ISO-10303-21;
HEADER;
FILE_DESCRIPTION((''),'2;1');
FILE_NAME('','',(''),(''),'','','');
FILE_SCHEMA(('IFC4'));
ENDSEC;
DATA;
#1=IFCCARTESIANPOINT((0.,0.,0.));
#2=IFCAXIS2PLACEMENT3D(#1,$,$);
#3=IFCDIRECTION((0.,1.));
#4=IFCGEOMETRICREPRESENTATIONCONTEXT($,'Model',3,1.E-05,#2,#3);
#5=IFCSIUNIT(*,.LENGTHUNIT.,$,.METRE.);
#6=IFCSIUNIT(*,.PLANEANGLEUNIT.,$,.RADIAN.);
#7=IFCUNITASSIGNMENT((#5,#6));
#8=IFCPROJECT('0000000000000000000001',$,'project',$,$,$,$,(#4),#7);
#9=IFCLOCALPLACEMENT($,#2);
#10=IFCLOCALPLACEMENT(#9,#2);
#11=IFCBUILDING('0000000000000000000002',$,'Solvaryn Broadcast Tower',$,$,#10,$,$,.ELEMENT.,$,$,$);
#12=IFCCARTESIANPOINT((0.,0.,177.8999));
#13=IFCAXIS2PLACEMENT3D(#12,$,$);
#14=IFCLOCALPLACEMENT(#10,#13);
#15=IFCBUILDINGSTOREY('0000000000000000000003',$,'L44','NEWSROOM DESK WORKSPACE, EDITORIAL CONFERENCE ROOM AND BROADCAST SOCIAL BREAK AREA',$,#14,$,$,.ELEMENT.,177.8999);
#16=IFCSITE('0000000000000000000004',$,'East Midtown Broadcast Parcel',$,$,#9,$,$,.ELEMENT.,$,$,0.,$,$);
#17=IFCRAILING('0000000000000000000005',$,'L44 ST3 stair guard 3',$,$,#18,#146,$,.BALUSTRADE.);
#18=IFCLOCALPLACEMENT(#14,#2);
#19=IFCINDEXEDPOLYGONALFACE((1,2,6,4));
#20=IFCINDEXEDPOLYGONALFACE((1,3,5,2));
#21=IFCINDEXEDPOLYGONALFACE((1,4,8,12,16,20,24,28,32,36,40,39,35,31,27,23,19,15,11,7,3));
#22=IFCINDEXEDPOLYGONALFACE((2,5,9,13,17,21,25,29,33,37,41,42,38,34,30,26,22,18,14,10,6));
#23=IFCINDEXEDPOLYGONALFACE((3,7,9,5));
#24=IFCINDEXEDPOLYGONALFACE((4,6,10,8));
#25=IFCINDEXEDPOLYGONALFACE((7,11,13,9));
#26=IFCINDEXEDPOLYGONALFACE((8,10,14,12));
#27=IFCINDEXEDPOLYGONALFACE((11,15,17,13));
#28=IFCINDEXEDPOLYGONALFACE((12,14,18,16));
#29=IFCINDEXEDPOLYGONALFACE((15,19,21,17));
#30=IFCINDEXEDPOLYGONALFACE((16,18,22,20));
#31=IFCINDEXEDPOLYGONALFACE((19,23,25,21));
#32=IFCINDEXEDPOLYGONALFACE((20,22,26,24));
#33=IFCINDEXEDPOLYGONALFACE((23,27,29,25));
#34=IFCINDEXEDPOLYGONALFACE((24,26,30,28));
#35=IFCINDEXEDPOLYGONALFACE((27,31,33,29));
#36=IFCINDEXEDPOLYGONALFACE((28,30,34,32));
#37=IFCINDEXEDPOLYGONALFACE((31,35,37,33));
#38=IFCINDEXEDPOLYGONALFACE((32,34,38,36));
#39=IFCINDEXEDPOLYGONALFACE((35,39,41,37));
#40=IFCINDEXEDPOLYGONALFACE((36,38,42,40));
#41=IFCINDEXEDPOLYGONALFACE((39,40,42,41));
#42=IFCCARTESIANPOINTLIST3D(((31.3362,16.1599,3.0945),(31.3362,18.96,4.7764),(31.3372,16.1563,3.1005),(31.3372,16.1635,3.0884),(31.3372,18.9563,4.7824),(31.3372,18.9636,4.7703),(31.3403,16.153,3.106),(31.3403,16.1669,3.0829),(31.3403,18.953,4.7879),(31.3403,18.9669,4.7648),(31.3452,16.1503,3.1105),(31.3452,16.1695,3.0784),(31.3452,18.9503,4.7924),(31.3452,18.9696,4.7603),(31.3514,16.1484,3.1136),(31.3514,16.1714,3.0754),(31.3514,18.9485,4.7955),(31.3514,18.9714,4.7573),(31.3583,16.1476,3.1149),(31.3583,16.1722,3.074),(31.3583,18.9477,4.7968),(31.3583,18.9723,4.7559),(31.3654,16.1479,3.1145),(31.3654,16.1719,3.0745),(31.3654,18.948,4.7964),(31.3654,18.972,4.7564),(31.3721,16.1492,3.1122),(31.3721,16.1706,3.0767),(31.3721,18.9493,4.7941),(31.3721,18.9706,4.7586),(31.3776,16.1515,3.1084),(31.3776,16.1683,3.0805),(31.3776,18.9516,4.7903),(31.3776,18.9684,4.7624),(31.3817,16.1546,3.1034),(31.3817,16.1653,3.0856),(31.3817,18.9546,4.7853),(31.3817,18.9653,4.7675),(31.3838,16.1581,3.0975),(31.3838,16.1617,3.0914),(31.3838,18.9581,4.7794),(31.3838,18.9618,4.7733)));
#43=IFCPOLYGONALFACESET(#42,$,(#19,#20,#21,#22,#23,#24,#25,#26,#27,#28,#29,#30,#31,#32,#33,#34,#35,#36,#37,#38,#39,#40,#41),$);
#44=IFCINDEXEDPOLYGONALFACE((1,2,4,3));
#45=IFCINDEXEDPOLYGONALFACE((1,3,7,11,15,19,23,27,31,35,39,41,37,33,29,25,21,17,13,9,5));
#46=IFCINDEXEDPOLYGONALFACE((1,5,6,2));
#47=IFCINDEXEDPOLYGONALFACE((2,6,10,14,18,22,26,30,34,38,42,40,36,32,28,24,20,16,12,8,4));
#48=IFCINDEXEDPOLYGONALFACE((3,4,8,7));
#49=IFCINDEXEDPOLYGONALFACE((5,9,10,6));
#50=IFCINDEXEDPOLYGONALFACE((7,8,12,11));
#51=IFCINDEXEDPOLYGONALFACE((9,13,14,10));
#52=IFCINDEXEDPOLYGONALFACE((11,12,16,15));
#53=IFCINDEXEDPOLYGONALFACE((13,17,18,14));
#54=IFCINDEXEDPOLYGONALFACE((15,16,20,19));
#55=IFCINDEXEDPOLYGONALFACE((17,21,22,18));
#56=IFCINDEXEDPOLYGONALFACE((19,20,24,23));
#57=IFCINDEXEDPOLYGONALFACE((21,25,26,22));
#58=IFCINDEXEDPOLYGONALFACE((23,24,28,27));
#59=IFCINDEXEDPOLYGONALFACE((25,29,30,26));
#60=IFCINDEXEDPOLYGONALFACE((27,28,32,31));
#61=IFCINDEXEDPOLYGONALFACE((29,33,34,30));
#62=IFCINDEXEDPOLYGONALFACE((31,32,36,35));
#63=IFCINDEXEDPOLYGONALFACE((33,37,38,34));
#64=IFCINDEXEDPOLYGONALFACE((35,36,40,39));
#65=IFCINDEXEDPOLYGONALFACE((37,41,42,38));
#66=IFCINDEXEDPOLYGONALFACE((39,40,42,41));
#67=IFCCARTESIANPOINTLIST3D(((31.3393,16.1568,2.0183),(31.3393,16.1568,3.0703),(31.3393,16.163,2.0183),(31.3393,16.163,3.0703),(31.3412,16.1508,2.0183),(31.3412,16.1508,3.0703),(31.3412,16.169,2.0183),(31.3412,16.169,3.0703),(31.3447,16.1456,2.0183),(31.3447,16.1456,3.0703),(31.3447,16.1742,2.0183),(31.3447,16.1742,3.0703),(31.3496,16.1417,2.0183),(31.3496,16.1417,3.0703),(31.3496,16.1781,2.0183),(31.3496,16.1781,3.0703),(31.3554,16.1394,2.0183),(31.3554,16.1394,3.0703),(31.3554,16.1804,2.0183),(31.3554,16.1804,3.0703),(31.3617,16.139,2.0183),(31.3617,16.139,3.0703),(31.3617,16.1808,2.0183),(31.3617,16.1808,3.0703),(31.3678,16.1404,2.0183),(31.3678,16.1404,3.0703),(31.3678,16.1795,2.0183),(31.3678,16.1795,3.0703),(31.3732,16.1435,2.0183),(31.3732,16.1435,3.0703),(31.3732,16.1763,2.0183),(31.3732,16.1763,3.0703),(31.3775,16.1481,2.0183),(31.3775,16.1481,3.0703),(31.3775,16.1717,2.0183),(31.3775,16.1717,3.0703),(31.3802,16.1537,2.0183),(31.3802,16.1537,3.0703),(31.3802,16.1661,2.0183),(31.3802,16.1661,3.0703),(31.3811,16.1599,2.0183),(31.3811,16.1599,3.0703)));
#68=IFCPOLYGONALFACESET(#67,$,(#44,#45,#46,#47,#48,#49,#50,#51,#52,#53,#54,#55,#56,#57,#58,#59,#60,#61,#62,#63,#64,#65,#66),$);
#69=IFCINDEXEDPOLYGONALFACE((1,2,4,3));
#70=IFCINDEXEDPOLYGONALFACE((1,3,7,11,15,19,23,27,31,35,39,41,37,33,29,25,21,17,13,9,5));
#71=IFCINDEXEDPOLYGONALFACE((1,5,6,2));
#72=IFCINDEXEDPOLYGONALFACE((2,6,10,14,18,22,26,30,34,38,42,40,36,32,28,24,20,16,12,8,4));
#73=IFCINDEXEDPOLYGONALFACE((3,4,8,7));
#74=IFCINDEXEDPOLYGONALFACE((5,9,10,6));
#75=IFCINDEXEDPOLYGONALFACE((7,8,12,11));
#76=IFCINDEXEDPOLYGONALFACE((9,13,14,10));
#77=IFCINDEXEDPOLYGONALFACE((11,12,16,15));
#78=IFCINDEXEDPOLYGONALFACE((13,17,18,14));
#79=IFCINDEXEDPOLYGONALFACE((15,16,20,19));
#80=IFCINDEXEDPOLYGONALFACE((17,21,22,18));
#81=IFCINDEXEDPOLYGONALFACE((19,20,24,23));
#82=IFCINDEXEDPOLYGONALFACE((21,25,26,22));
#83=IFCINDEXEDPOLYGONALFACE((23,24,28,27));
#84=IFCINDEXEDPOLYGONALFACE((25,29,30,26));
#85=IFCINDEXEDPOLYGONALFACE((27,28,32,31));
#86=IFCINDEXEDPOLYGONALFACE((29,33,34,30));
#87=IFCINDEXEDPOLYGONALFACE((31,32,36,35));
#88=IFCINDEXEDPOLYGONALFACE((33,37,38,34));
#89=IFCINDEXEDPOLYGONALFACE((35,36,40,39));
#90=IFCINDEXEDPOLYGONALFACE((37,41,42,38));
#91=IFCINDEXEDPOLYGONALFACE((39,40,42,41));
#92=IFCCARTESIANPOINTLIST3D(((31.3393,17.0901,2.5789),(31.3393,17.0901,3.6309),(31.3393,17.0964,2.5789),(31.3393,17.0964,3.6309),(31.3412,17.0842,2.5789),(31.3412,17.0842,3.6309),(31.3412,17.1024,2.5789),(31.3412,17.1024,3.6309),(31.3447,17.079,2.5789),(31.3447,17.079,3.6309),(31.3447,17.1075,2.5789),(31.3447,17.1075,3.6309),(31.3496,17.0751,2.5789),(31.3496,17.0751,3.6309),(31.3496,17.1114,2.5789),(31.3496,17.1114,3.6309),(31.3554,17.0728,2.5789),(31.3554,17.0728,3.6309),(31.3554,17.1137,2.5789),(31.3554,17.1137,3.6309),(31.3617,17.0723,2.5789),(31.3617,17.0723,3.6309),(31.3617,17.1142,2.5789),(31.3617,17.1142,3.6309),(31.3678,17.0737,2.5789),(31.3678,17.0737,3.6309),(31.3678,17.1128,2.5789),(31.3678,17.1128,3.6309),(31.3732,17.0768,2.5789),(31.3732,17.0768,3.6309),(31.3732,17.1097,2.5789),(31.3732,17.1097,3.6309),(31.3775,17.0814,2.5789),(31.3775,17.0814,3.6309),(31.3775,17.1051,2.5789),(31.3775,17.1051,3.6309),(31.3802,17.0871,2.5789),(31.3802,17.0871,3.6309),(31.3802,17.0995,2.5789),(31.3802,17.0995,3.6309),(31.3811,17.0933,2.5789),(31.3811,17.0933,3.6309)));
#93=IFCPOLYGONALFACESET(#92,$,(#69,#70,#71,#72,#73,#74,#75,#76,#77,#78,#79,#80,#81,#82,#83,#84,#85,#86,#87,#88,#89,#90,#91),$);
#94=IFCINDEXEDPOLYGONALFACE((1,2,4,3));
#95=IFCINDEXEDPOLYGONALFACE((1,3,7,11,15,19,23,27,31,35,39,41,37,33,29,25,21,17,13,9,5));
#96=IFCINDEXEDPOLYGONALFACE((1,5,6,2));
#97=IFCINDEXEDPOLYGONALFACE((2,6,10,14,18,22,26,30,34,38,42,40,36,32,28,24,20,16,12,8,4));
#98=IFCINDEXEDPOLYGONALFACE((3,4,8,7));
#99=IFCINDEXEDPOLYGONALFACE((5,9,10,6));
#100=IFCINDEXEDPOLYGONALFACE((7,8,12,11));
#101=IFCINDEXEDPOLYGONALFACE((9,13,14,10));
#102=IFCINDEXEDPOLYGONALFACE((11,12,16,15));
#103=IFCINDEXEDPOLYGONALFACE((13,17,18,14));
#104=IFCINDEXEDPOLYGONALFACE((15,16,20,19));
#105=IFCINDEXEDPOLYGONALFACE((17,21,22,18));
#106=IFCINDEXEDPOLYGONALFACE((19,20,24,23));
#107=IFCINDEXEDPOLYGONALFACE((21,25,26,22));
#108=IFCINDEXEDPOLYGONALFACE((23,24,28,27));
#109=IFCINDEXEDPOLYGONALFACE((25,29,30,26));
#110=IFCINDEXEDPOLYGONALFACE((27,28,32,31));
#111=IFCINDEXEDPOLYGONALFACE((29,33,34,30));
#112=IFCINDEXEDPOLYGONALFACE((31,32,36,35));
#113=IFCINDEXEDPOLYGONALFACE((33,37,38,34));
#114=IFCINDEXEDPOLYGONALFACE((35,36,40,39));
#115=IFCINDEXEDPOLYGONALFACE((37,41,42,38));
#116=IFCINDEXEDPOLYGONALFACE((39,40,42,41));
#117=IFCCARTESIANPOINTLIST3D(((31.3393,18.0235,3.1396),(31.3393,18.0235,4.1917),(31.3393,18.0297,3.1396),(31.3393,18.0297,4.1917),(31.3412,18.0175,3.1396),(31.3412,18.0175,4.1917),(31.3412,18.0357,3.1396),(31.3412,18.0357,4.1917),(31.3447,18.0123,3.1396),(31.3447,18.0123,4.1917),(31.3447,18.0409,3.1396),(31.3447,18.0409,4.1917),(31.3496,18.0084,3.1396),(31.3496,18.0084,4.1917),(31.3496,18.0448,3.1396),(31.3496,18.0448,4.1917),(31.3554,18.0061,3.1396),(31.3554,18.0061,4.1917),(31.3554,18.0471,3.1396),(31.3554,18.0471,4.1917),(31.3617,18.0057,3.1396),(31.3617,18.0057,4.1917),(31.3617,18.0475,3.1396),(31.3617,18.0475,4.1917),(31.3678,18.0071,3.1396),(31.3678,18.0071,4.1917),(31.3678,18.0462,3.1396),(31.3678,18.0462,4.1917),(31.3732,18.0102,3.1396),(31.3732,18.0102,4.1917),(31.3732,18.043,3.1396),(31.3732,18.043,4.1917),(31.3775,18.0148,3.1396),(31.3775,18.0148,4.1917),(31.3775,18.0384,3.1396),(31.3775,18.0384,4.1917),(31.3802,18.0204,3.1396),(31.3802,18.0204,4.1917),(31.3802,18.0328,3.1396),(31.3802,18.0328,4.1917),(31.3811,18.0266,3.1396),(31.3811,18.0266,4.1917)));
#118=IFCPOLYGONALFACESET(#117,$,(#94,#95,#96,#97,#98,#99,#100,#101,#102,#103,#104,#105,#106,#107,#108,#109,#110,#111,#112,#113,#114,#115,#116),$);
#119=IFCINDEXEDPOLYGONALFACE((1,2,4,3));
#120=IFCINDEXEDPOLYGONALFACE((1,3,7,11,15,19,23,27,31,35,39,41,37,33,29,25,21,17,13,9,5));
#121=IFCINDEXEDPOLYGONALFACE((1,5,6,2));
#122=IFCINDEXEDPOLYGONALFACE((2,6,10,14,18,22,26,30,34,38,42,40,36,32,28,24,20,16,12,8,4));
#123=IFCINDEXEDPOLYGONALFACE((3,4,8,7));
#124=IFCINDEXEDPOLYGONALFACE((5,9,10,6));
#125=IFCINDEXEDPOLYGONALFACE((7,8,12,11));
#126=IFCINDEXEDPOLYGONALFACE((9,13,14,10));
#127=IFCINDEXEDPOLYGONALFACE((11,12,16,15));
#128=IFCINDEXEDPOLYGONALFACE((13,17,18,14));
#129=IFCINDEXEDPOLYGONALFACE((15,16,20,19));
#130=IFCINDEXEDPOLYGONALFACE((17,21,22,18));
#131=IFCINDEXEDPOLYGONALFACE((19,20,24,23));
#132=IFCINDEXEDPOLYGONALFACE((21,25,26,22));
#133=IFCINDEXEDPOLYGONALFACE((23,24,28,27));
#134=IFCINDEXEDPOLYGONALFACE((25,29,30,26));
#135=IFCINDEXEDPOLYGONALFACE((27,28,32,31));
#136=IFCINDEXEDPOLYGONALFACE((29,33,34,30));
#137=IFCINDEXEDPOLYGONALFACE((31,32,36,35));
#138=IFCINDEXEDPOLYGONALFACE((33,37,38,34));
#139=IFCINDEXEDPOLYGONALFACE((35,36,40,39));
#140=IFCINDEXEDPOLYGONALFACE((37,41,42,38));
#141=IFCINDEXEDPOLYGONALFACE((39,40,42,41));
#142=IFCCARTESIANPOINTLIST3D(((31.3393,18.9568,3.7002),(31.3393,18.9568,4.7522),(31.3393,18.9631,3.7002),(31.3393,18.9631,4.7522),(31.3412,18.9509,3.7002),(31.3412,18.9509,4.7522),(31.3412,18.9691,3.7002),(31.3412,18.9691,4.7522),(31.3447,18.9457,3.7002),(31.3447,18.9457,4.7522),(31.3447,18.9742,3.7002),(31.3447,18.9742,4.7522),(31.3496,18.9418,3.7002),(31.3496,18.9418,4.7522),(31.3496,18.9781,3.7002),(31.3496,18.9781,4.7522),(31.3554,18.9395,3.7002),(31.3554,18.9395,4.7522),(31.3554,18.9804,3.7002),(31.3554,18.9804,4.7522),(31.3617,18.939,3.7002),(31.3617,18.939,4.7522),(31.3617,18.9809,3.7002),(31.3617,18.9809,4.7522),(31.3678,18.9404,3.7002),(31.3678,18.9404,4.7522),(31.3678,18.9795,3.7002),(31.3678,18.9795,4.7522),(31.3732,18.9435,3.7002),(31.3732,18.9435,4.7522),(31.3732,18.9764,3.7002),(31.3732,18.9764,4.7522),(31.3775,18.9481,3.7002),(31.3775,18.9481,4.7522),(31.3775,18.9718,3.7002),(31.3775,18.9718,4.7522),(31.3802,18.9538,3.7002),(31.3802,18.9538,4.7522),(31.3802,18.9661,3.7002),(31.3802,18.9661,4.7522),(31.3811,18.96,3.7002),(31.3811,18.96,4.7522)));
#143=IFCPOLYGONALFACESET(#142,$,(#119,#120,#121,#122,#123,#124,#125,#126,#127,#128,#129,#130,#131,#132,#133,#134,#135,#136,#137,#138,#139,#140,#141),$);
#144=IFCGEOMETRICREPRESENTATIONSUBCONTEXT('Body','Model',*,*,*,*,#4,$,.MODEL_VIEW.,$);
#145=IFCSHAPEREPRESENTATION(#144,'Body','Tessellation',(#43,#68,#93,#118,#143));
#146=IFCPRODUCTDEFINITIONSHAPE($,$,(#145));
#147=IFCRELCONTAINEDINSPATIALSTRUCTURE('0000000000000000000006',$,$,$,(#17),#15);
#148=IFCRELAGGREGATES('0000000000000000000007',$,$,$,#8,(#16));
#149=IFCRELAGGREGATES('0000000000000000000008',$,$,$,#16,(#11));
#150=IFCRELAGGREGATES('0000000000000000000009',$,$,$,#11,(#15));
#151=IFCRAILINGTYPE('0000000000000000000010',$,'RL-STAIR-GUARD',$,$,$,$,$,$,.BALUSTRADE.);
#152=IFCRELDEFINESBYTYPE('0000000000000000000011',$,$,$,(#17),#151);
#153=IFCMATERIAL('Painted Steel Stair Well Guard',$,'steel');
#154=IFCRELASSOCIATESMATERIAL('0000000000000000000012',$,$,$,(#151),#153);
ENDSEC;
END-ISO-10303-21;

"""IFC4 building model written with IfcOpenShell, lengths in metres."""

from ifc_helpers import new_model, si_unit, direction, frame, origin, origin_2d, place, context, subcontext, project, spatial, circle, extrude, material, type_object, element, save


model = new_model("IFC4")

# Units and contexts
model_context = context("Model", 3, precision=1e-05, world=origin(), true_north=direction((0.0, 1.0)))
body_context = subcontext(model_context, "Body", "Model", "MODEL_VIEW")
ifc_project = project(units=[si_unit("LENGTHUNIT", "METRE"), si_unit("PLANEANGLEUNIT", "RADIAN")], contexts=[model_context])

# Site, building, storey
site_placement = place(None, origin())
site = spatial("IfcSite", under=ifc_project, at=site_placement, Name="East Midtown Broadcast Parcel", CompositionType="ELEMENT", RefElevation=0.0)
building_placement = place(site_placement, origin())
building = spatial("IfcBuilding", under=site, at=building_placement, Name="Solvaryn Broadcast Tower", CompositionType="ELEMENT")
storey_placement = place(building_placement, frame((0.0, 0.0, 177.8999)))
storey = spatial("IfcBuildingStorey", under=building, at=storey_placement, Name="L44", Description="NEWSROOM DESK WORKSPACE, EDITORIAL CONFERENCE ROOM AND BROADCAST SOCIAL BREAK AREA", CompositionType="ELEMENT", Elevation=177.8999)

# Railing
ifc_material_1 = material(Name="Painted Steel Stair Well Guard", Category="steel")
railing_type_1 = type_object("IfcRailingType", Name="RL-STAIR-GUARD", PredefinedType="BALUSTRADE", material=ifc_material_1)
railing_1_placement = place(storey_placement, frame((31.3601, 16.1599, 2.0183)))
element("IfcRailing", 1, at=railing_1_placement, inside=storey, type_object=railing_type_1, Name="L44 ST3 stair guard 3", PredefinedType="BALUSTRADE", context=body_context, shape_type="SweptSolid", body=[
    extrude(circle(Radius=0.0239, at=origin_2d()), frame((0.0, 0.0, 1.0762), z_axis=(0.0, 0.857242, 0.514913), x_axis=(-1.0, 0.0, 0.0)), (0.0, 0.0, 1.0), 3.2664),
    extrude(circle(Radius=0.021, at=origin_2d()), origin(), (0.0, 0.0, 1.0), 1.052),
    extrude(circle(Radius=0.021, at=origin_2d()), frame((0.0, 0.9333, 0.5605)), (0.0, 0.0, 1.0), 1.052),
    extrude(circle(Radius=0.021, at=origin_2d()), frame((0.0, 1.8667, 1.1213)), (0.0, 0.0, 1.0), 1.052),
    extrude(circle(Radius=0.021, at=origin_2d()), frame((0.0, 2.8, 1.6819)), (0.0, 0.0, 1.0), 1.052),
])

save(model, "model.ifc")
